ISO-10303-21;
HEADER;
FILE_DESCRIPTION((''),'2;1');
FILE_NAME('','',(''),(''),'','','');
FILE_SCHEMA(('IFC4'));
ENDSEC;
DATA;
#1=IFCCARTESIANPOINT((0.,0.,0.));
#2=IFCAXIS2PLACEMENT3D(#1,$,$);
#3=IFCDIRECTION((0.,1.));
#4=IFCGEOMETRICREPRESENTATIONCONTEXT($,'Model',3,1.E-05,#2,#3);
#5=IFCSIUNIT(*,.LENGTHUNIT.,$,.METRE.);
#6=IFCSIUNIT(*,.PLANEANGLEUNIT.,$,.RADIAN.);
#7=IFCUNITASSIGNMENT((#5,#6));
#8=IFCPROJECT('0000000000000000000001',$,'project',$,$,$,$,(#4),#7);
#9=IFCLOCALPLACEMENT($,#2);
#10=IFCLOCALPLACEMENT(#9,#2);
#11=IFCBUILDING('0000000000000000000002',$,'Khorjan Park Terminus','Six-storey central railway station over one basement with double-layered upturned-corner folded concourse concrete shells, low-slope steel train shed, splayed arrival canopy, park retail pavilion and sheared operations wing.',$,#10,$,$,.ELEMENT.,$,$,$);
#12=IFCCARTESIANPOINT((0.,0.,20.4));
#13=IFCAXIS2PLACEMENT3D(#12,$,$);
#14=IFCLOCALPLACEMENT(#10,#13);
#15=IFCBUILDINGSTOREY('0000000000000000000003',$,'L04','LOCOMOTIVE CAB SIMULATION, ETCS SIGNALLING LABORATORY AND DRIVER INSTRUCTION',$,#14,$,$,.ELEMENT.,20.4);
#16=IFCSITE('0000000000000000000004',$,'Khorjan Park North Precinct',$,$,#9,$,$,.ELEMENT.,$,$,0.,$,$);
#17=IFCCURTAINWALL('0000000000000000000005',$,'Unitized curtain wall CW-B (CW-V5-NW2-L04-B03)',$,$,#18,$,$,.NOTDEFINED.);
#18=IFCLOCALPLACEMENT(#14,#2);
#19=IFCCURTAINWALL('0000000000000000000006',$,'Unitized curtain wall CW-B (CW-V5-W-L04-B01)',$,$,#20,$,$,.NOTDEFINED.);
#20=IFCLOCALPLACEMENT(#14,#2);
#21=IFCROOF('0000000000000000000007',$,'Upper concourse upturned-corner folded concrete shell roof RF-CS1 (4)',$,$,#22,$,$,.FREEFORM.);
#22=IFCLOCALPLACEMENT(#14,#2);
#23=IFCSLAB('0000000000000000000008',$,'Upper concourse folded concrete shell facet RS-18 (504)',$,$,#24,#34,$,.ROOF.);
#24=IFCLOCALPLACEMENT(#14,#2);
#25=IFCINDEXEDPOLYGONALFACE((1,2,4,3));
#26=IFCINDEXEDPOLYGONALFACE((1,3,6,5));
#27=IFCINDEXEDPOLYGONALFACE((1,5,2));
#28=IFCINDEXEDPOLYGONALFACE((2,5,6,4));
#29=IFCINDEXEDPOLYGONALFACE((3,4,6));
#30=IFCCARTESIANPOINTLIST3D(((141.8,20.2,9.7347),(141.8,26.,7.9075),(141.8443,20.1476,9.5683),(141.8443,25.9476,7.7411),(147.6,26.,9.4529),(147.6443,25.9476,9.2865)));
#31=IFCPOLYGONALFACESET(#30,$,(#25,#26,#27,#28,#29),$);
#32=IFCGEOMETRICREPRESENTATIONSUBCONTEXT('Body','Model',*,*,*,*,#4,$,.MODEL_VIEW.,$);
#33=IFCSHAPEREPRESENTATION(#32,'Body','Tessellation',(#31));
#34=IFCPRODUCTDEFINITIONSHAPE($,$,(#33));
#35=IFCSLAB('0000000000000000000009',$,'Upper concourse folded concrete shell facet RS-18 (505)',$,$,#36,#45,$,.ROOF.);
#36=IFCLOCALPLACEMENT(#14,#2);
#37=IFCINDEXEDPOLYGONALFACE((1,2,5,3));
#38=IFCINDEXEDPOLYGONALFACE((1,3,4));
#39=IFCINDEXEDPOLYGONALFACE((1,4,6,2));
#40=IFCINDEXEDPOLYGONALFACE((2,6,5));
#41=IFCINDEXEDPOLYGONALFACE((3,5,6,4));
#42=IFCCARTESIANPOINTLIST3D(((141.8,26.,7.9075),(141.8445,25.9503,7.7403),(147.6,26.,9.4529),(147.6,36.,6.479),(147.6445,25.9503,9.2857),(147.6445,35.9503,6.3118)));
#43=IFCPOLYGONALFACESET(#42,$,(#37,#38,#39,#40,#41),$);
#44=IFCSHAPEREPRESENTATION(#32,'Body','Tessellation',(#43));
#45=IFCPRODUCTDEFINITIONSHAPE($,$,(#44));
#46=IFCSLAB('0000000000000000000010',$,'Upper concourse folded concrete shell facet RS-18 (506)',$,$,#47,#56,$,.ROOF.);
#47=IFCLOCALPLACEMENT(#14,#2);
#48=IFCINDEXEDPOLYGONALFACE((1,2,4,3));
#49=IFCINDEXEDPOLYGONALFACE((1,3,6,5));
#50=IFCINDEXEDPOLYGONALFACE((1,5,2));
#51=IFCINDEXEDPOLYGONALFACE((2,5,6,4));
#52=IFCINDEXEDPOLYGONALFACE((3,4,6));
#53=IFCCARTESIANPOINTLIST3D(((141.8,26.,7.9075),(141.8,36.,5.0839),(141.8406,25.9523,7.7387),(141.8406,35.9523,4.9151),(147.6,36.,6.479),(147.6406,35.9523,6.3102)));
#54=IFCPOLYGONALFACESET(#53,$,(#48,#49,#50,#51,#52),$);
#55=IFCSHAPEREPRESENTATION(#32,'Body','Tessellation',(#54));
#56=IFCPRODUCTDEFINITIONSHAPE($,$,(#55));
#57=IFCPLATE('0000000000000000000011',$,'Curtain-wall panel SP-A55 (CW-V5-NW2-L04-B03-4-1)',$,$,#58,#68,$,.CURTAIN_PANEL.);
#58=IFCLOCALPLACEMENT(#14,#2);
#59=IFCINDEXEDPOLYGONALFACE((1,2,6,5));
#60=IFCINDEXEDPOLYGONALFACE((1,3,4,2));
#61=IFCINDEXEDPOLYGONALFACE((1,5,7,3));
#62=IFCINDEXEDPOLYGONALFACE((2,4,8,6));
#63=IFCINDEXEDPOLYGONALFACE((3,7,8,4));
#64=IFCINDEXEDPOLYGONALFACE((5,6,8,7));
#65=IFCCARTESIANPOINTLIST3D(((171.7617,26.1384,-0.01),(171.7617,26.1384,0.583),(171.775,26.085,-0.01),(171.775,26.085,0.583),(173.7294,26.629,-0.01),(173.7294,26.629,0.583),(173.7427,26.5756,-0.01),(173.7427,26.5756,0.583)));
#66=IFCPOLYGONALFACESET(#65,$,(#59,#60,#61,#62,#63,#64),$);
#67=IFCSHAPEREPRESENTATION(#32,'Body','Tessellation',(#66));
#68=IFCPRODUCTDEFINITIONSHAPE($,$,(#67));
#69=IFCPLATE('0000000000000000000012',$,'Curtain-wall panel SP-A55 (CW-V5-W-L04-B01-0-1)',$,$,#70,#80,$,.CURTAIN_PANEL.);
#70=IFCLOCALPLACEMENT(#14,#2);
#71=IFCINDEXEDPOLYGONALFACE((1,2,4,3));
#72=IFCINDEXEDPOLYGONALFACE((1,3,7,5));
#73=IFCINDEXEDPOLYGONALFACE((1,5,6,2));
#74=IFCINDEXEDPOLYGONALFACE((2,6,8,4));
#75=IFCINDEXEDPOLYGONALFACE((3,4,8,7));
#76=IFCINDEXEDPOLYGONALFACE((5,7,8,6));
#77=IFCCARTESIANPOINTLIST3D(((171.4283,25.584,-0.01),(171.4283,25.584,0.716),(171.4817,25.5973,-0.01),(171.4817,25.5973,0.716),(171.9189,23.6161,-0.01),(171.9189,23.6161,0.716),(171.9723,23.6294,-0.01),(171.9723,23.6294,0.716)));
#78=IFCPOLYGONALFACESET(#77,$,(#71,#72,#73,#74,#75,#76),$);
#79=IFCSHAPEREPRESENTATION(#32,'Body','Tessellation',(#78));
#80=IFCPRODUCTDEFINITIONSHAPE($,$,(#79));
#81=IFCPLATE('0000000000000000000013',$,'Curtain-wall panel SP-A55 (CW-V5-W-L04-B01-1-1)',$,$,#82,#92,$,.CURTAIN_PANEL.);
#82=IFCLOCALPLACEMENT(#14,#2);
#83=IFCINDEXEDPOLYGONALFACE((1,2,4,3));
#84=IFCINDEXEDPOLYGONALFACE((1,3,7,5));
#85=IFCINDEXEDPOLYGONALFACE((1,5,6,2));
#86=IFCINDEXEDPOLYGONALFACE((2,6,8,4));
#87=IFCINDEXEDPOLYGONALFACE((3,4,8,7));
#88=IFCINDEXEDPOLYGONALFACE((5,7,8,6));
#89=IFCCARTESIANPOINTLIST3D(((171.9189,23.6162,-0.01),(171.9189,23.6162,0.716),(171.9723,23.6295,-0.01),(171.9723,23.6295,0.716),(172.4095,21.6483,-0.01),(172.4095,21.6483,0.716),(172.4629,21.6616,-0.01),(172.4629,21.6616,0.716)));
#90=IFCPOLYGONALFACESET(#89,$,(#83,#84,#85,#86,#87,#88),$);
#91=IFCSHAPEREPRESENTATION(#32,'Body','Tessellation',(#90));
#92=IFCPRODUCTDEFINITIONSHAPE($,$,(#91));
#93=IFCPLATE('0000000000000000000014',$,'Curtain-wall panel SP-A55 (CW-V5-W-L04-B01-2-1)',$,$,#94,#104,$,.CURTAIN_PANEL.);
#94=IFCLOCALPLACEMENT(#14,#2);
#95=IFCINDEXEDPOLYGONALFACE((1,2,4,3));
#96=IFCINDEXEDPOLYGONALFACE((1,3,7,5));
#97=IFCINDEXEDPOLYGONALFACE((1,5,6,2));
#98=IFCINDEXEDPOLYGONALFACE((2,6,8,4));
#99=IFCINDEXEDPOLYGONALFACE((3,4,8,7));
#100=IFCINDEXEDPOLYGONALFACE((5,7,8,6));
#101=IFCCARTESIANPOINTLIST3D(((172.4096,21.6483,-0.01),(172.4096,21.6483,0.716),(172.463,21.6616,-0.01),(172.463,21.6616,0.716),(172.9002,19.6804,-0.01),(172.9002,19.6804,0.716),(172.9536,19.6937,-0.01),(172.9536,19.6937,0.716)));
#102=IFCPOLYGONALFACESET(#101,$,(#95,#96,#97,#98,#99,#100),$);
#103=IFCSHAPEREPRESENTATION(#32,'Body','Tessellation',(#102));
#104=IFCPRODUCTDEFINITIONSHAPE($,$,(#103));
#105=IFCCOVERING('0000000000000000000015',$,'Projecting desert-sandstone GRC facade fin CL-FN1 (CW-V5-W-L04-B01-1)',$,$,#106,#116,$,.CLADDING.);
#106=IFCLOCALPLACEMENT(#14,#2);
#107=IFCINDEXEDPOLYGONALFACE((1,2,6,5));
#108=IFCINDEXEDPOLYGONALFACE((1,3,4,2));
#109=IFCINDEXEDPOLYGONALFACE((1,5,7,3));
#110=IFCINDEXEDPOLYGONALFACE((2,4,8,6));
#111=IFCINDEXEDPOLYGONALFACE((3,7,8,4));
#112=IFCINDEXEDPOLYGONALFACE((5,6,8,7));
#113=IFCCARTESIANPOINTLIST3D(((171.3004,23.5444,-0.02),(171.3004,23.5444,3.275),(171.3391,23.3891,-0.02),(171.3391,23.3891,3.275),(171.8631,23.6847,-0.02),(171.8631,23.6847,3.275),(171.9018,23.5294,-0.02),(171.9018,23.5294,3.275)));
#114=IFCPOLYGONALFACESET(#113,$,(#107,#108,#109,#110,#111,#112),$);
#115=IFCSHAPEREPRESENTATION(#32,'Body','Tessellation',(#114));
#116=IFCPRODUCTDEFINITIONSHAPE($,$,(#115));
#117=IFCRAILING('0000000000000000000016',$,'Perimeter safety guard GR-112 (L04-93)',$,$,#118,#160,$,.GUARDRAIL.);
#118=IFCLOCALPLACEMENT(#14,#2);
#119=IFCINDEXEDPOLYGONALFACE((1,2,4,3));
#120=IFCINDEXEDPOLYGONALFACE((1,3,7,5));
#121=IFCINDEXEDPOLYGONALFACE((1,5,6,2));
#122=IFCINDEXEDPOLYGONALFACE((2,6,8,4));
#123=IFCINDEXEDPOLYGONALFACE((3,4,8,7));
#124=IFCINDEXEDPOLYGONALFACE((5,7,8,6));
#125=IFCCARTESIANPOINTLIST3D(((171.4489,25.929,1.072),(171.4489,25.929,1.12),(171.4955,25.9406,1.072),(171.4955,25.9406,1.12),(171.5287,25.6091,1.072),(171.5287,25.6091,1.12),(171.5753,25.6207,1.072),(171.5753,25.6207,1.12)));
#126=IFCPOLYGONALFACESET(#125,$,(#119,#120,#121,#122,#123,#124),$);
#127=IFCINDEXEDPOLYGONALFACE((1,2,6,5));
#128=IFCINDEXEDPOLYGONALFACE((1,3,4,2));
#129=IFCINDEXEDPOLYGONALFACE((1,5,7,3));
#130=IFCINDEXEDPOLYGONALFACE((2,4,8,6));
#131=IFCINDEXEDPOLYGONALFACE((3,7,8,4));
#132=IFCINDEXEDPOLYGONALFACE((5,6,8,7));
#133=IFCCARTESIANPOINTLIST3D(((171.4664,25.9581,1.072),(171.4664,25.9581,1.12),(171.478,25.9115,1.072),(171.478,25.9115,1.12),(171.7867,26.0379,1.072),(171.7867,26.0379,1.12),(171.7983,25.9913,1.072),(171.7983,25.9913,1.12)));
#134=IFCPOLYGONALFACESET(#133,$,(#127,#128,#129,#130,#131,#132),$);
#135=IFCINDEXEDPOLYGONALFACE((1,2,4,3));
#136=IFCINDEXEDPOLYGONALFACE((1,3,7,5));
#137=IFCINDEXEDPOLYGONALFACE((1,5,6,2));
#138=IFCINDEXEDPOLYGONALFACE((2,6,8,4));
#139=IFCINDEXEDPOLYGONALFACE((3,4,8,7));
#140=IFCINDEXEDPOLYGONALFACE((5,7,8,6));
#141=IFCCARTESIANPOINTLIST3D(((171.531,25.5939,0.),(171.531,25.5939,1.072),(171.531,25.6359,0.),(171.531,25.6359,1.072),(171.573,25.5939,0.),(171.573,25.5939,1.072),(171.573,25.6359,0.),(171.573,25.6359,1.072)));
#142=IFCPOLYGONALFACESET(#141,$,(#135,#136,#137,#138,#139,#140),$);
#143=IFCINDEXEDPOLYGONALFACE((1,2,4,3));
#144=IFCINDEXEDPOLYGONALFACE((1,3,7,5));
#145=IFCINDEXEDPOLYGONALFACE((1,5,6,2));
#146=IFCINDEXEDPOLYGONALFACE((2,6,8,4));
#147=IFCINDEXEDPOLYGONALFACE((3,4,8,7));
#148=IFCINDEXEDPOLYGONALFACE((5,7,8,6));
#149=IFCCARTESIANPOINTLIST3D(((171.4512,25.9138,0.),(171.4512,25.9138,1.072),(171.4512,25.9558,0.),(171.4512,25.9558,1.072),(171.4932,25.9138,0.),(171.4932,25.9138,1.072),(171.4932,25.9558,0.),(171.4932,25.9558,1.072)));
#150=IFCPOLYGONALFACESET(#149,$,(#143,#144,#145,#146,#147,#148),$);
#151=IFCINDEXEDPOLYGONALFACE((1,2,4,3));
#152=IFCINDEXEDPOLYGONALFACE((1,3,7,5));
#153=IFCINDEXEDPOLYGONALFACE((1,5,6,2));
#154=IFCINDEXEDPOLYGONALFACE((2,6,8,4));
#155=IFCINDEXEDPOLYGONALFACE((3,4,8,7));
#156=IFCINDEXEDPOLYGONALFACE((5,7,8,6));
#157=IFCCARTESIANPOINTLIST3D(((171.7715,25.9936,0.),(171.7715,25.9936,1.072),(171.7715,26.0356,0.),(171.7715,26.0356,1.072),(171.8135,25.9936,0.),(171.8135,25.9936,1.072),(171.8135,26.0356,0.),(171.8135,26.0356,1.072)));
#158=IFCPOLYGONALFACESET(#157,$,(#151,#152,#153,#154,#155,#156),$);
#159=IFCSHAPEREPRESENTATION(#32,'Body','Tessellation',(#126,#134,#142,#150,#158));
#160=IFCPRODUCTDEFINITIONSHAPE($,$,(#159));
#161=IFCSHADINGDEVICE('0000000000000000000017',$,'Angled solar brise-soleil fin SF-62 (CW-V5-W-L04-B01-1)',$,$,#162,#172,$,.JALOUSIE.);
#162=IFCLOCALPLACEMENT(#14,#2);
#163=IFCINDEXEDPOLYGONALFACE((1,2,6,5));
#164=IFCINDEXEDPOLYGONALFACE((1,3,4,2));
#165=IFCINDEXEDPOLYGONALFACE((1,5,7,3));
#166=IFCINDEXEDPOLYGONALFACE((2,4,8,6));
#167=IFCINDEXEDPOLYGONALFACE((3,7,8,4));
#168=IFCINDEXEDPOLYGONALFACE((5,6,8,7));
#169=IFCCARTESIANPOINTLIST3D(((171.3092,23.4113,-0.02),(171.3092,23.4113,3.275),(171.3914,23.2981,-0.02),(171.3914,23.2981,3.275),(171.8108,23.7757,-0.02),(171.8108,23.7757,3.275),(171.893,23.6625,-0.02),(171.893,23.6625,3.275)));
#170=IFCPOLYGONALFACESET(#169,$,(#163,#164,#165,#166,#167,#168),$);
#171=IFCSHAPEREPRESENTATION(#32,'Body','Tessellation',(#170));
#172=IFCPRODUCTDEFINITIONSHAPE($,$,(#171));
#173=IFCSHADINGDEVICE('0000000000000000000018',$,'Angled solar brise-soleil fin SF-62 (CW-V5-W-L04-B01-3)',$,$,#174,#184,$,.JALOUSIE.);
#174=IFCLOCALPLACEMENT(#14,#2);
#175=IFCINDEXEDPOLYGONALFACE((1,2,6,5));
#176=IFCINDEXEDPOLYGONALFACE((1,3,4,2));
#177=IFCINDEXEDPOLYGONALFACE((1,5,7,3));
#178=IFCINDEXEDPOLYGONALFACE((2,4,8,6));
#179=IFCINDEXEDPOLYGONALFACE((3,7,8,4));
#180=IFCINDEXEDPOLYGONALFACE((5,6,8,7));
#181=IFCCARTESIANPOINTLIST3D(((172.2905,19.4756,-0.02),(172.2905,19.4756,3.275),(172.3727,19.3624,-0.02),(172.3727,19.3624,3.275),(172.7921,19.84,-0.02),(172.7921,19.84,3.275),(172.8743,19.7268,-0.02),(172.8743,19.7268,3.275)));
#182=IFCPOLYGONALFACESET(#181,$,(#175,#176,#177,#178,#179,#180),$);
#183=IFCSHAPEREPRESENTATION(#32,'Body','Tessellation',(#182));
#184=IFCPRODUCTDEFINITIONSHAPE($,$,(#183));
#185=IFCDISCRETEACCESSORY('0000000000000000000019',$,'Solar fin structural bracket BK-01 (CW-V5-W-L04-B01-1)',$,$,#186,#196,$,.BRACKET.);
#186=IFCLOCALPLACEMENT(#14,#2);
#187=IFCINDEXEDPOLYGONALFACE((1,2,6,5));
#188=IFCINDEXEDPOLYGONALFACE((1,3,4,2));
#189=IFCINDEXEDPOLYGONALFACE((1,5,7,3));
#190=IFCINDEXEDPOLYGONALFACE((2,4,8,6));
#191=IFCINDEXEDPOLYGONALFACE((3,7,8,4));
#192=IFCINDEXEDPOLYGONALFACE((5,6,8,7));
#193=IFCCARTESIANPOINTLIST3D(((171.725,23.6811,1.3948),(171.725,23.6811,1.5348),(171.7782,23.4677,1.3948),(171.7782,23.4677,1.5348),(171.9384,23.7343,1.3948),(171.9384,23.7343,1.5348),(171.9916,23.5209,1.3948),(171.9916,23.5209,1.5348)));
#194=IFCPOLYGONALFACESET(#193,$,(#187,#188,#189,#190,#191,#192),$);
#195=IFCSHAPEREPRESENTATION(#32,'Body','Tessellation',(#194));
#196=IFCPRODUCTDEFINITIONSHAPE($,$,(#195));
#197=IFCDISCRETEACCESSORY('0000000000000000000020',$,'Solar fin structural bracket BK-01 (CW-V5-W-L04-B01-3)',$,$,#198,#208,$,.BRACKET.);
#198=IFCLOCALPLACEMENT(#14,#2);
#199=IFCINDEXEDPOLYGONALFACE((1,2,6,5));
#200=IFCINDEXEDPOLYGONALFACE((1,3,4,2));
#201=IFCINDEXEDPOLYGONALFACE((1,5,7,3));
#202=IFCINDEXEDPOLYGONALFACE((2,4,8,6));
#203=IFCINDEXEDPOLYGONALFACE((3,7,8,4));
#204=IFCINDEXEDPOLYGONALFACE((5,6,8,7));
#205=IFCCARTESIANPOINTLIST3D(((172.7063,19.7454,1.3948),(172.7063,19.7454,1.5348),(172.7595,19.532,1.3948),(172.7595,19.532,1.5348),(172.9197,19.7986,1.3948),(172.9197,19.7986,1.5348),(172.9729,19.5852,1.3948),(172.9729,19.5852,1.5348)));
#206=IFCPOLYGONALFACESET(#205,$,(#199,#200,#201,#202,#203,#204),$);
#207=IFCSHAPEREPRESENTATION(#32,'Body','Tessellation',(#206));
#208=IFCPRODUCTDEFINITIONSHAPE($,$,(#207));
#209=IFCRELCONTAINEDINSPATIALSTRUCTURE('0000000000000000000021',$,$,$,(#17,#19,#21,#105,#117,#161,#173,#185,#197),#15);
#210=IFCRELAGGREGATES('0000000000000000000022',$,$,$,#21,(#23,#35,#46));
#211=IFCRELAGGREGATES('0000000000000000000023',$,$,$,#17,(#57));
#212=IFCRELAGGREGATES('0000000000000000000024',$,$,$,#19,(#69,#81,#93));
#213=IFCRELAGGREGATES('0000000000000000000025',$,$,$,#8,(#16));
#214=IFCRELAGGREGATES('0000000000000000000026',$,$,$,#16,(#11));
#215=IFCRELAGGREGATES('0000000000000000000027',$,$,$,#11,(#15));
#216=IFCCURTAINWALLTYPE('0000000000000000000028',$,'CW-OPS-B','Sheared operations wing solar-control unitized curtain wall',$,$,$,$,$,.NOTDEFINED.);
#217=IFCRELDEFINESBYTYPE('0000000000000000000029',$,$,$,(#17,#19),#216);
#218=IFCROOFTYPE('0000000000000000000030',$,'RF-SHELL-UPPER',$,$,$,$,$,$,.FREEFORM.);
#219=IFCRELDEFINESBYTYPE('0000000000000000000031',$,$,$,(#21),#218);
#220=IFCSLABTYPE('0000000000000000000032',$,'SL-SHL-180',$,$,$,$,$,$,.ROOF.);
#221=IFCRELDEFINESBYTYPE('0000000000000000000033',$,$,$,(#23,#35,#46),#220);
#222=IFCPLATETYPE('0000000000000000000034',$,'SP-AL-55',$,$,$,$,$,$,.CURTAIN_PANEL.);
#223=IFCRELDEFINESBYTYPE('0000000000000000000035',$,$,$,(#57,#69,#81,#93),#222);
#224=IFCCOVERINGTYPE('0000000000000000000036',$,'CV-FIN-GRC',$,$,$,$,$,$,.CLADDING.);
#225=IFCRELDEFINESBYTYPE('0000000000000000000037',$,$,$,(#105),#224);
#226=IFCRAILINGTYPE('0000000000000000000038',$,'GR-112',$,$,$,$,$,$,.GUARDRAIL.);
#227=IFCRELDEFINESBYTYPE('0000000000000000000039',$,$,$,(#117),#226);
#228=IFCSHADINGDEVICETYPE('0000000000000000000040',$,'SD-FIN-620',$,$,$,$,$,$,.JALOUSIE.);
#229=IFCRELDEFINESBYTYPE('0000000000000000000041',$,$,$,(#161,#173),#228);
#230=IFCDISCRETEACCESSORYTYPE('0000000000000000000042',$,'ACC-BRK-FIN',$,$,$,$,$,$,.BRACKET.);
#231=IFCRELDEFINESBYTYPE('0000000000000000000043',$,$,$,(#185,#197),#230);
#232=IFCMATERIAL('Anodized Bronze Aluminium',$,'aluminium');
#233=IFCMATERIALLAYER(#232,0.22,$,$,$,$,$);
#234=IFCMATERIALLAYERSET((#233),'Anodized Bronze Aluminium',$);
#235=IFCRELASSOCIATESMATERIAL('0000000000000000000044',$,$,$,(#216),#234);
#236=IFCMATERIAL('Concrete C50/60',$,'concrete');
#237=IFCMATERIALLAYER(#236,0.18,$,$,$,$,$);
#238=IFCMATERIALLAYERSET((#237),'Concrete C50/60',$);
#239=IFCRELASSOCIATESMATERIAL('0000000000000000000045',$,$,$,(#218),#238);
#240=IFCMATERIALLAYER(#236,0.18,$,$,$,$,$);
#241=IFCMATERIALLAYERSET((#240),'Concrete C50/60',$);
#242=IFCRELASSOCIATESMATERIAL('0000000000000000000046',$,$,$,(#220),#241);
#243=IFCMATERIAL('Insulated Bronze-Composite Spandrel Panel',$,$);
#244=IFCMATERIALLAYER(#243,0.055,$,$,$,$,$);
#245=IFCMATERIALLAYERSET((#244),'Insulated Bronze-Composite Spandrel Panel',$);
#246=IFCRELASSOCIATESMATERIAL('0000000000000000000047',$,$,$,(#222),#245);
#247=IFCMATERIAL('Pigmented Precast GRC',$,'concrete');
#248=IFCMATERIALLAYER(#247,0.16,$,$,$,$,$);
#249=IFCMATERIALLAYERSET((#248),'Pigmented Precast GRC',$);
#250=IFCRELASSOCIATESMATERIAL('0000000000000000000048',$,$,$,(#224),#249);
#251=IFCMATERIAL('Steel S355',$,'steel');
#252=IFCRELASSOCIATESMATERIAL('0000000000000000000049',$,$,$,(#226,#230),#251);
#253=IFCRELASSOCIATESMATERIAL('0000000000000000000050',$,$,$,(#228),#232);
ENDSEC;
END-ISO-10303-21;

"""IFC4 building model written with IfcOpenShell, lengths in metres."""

from ifc_helpers import new_model, si_unit, direction, frame, origin, origin_2d, place, context, subcontext, project, spatial, polyline, rectangle, outline, extrude, material, layer, layer_set, type_object, element, aggregate, save


model = new_model("IFC4")

# Units and contexts
model_context = context("Model", 3, precision=1e-05, world=origin(), true_north=direction((0.0, 1.0)))
body_context = subcontext(model_context, "Body", "Model", "MODEL_VIEW")
ifc_project = project(units=[si_unit("LENGTHUNIT", "METRE"), si_unit("PLANEANGLEUNIT", "RADIAN")], contexts=[model_context])

# Site, building, storey
site_placement = place(None, origin())
site = spatial("IfcSite", under=ifc_project, at=site_placement, Name="Khorjan Park North Precinct", CompositionType="ELEMENT", RefElevation=0.0)
building_placement = place(site_placement, origin())
building = spatial("IfcBuilding", under=site, at=building_placement, Name="Khorjan Park Terminus", Description="Six-storey central railway station over one basement with double-layered upturned-corner folded concourse concrete shells, low-slope steel train shed, splayed arrival canopy, park retail pavilion and sheared operations wing.", CompositionType="ELEMENT")
storey_placement = place(building_placement, frame((0.0, 0.0, 20.4)))
storey = spatial("IfcBuildingStorey", under=building, at=storey_placement, Name="L04", Description="LOCOMOTIVE CAB SIMULATION, ETCS SIGNALLING LABORATORY AND DRIVER INSTRUCTION", CompositionType="ELEMENT", Elevation=20.4)

# Shared definitions
ifc_material_1 = material(Name="Concrete C50/60", Category="concrete")

# Shared definitions
ifc_material_2 = material(Name="Steel S355", Category="steel")

# Curtain wall
ifc_material_3 = material(Name="Anodized Bronze Aluminium", Category="aluminium")
ifc_layer_1 = layer(ifc_material_3, 0.22)
ifc_layer_set_1 = layer_set([ifc_layer_1], Name="Anodized Bronze Aluminium")
curtain_wall_type = type_object("IfcCurtainWallType", Name="CW-OPS-B", Description="Sheared operations wing solar-control unitized curtain wall", PredefinedType="NOTDEFINED", material=ifc_layer_set_1)
curtain_wall_1_placement = place(storey_placement, origin())
curtain_wall_1 = element("IfcCurtainWall", 1, at=curtain_wall_1_placement, inside=storey, type_object=curtain_wall_type, Name="Unitized curtain wall CW-B (CW-V5-NW2-L04-B03)", PredefinedType="NOTDEFINED")

# Curtain wall
curtain_wall_2_placement = place(storey_placement, origin())
curtain_wall_2 = element("IfcCurtainWall", 2, at=curtain_wall_2_placement, inside=storey, type_object=curtain_wall_type, Name="Unitized curtain wall CW-B (CW-V5-W-L04-B01)", PredefinedType="NOTDEFINED")

# Roof, slabs
ifc_layer_2 = layer(ifc_material_1, 0.18)
ifc_layer_set_2 = layer_set([ifc_layer_2], Name="Concrete C50/60")
roof_type = type_object("IfcRoofType", Name="RF-SHELL-UPPER", PredefinedType="FREEFORM", material=ifc_layer_set_2)
roof_placement = place(storey_placement, origin())
roof = element("IfcRoof", 3, at=roof_placement, inside=storey, type_object=roof_type, Name="Upper concourse upturned-corner folded concrete shell roof RF-CS1 (4)", PredefinedType="FREEFORM")
ifc_layer_3 = layer(ifc_material_1, 0.18)
ifc_layer_set_3 = layer_set([ifc_layer_3], Name="Concrete C50/60")
slab_type = type_object("IfcSlabType", Name="SL-SHL-180", PredefinedType="ROOF", material=ifc_layer_set_3)
slab_1_placement = place(storey_placement, frame((141.8, 20.2, 9.7347), z_axis=(-0.246306, 0.291219, 0.924405), x_axis=(0.70669, 0.70669, -0.034335)))
slab_1 = element("IfcSlab", 4, at=slab_1_placement, type_object=slab_type, Name="Upper concourse folded concrete shell facet RS-18 (504)", PredefinedType="ROOF", context=body_context, shape_type="SweptSolid", body=[
    extrude(outline(polyline([(0.0, 0.0), (8.2073, 0.0), (4.1615, 4.434), (0.0, 0.0)])), origin(), (0.0, 0.0, -1.0), 0.18),
])
slab_2_placement = place(storey_placement, frame((141.8, 26.0, 7.9075), z_axis=(-0.247451, 0.276187, 0.928703), x_axis=(0.966287, 0.0, 0.257466)))
slab_2 = element("IfcSlab", 5, at=slab_2_placement, type_object=slab_type, Name="Upper concourse folded concrete shell facet RS-18 (505)", PredefinedType="ROOF", context=body_context, shape_type="SweptSolid", body=[
    extrude(outline(polyline([(0.0, 0.0), (6.0024, 0.0), (5.2367, 10.4047), (0.0, 0.0)])), origin(), (0.0, 0.0, -1.0), 0.18),
])
slab_3_placement = place(storey_placement, frame((141.8, 26.0, 7.9075), z_axis=(-0.22552, 0.264735, 0.93758), x_axis=(0.497931, 0.858502, -0.122637)))
slab_3 = element("IfcSlab", 6, at=slab_3_placement, type_object=slab_type, Name="Upper concourse folded concrete shell facet RS-18 (506)", PredefinedType="ROOF", context=body_context, shape_type="SweptSolid", body=[
    extrude(outline(polyline([(0.0, 0.0), (11.6482, 0.0), (8.9313, 5.3108), (0.0, 0.0)])), origin(), (0.0, 0.0, -1.0), 0.18),
])
aggregate(roof, [slab_1, slab_2, slab_3])

# Plates
ifc_material_4 = material(Name="Insulated Bronze-Composite Spandrel Panel")
ifc_layer_4 = layer(ifc_material_4, 0.055)
ifc_layer_set_4 = layer_set([ifc_layer_4], Name="Insulated Bronze-Composite Spandrel Panel")
plate_type_1 = type_object("IfcPlateType", Name="SP-AL-55", PredefinedType="CURTAIN_PANEL", material=ifc_layer_set_4)
plate_1_placement = place(storey_placement, frame((172.7522, 26.357, -0.01), z_axis=(0.0, 0.0, 1.0), x_axis=(-0.970296, -0.241921, 0.0)))
plate_1 = element("IfcPlate", 7, at=plate_1_placement, type_object=plate_type_1, Name="Curtain-wall panel SP-A55 (CW-V5-NW2-L04-B03-4-1)", PredefinedType="CURTAIN_PANEL", context=body_context, shape_type="SweptSolid", body=[
    extrude(rectangle(XDim=2.0279, YDim=0.055, at=origin_2d()), origin(), (0.0, 0.0, 1.0), 0.593),
])
aggregate(curtain_wall_1, [plate_1])
plate_2_placement = place(storey_placement, frame((171.7003, 24.6067, -0.01), z_axis=(0.0, 0.0, 1.0), x_axis=(0.241928, -0.970294, 0.0)))
plate_2 = element("IfcPlate", 8, at=plate_2_placement, type_object=plate_type_1, Name="Curtain-wall panel SP-A55 (CW-V5-W-L04-B01-0-1)", PredefinedType="CURTAIN_PANEL", context=body_context, shape_type="SweptSolid", body=[
    extrude(rectangle(XDim=2.0281, YDim=0.055, at=origin_2d()), origin(), (0.0, 0.0, 1.0), 0.726),
])
plate_3_placement = place(storey_placement, frame((172.1909, 22.6389, -0.01), z_axis=(0.0, 0.0, 1.0), x_axis=(0.241928, -0.970294, 0.0)))
plate_3 = element("IfcPlate", 9, at=plate_3_placement, type_object=plate_type_1, Name="Curtain-wall panel SP-A55 (CW-V5-W-L04-B01-1-1)", PredefinedType="CURTAIN_PANEL", context=body_context, shape_type="SweptSolid", body=[
    extrude(rectangle(XDim=2.0281, YDim=0.055, at=origin_2d()), origin(), (0.0, 0.0, 1.0), 0.726),
])
plate_4_placement = place(storey_placement, frame((172.6816, 20.671, -0.01), z_axis=(0.0, 0.0, 1.0), x_axis=(0.241928, -0.970294, 0.0)))
plate_4 = element("IfcPlate", 10, at=plate_4_placement, type_object=plate_type_1, Name="Curtain-wall panel SP-A55 (CW-V5-W-L04-B01-2-1)", PredefinedType="CURTAIN_PANEL", context=body_context, shape_type="SweptSolid", body=[
    extrude(rectangle(XDim=2.0281, YDim=0.055, at=origin_2d()), origin(), (0.0, 0.0, 1.0), 0.726),
])
aggregate(curtain_wall_2, [plate_2, plate_3, plate_4])

# Covering
ifc_material_5 = material(Name="Pigmented Precast GRC", Category="concrete")
ifc_layer_5 = layer(ifc_material_5, 0.16)
ifc_layer_set_5 = layer_set([ifc_layer_5], Name="Pigmented Precast GRC")
covering_type = type_object("IfcCoveringType", Name="CV-FIN-GRC", PredefinedType="CLADDING", material=ifc_layer_set_5)
covering_placement = place(storey_placement, frame((171.6011, 23.5369, -0.02), z_axis=(0.0, 0.0, 1.0), x_axis=(0.970296, 0.241922, 0.0)))
element("IfcCovering", 11, at=covering_placement, inside=storey, type_object=covering_type, Name="Projecting desert-sandstone GRC facade fin CL-FN1 (CW-V5-W-L04-B01-1)", PredefinedType="CLADDING", context=body_context, shape_type="SweptSolid", body=[
    extrude(rectangle(XDim=0.58, YDim=0.16, at=origin_2d()), origin(), (0.0, 0.0, 1.0), 3.295),
])

# Railing
railing_type = type_object("IfcRailingType", Name="GR-112", PredefinedType="GUARDRAIL", material=ifc_material_2)
railing_placement = place(storey_placement, frame((171.552, 25.6149, 0.0)))
element("IfcRailing", 12, at=railing_placement, inside=storey, type_object=railing_type, Name="Perimeter safety guard GR-112 (L04-93)", PredefinedType="GUARDRAIL", context=body_context, shape_type="SweptSolid", body=[
    extrude(rectangle(XDim=0.048, YDim=0.048, at=origin_2d()), frame((0.0, 0.0, 1.096), z_axis=(-0.242036, 0.970267, 0.0), x_axis=(-0.970267, -0.242036, 0.0)), (0.0, 0.0, 1.0), 0.3297),
    extrude(rectangle(XDim=0.048, YDim=0.048, at=origin_2d()), frame((-0.0798, 0.3199, 1.096), z_axis=(0.970338, 0.241751, 0.0), x_axis=(-0.241751, 0.970338, 0.0)), (0.0, 0.0, 1.0), 0.3301),
    extrude(rectangle(XDim=0.042, YDim=0.042, at=origin_2d()), origin(), (0.0, 0.0, 1.0), 1.072),
    extrude(rectangle(XDim=0.042, YDim=0.042, at=origin_2d()), frame((-0.0798, 0.3199, 0.0)), (0.0, 0.0, 1.0), 1.072),
    extrude(rectangle(XDim=0.042, YDim=0.042, at=origin_2d()), frame((0.2405, 0.3997, 0.0)), (0.0, 0.0, 1.0), 1.072),
])

# Shading devices
shading_device_type = type_object("IfcShadingDeviceType", Name="SD-FIN-620", PredefinedType="JALOUSIE", material=ifc_material_3)
for number, where, z_axis, x_axis, name in (
    (13, (171.6011, 23.5369, -0.02), (0.0, 0.0, 1.0), (0.809017, 0.587785, 0.0), "Angled solar brise-soleil fin SF-62 (CW-V5-W-L04-B01-1)"),
    (14, (172.5824, 19.6012, -0.02), (0.0, 0.0, 1.0), (0.809017, 0.587785, 0.0), "Angled solar brise-soleil fin SF-62 (CW-V5-W-L04-B01-3)"),
):
    element("IfcShadingDevice", number, at=place(storey_placement, frame(where, z_axis=z_axis, x_axis=x_axis)), inside=storey, type_object=shading_device_type, Name=name, PredefinedType="JALOUSIE", context=body_context, shape_type="SweptSolid", body=[
        extrude(rectangle(XDim=0.62, YDim=0.14, at=origin_2d()), origin(), (0.0, 0.0, 1.0), 3.295),
    ])

# Discrete accessories
discrete_accessory_type = type_object("IfcDiscreteAccessoryType", Name="ACC-BRK-FIN", PredefinedType="BRACKET", material=ifc_material_2)
for number, where, z_axis, x_axis, name in (
    (15, (171.8583, 23.601, 1.3948), (0.0, 0.0, 1.0), (0.241928, -0.970294, 0.0), "Solar fin structural bracket BK-01 (CW-V5-W-L04-B01-1)"),
    (16, (172.8396, 19.6653, 1.3948), (0.0, 0.0, 1.0), (0.241928, -0.970294, 0.0), "Solar fin structural bracket BK-01 (CW-V5-W-L04-B01-3)"),
):
    element("IfcDiscreteAccessory", number, at=place(storey_placement, frame(where, z_axis=z_axis, x_axis=x_axis)), inside=storey, type_object=discrete_accessory_type, Name=name, PredefinedType="BRACKET", context=body_context, shape_type="SweptSolid", body=[
        extrude(rectangle(XDim=0.22, YDim=0.22, at=origin_2d()), origin(), (0.0, 0.0, 1.0), 0.14),
    ])

save(model, "model.ifc")
